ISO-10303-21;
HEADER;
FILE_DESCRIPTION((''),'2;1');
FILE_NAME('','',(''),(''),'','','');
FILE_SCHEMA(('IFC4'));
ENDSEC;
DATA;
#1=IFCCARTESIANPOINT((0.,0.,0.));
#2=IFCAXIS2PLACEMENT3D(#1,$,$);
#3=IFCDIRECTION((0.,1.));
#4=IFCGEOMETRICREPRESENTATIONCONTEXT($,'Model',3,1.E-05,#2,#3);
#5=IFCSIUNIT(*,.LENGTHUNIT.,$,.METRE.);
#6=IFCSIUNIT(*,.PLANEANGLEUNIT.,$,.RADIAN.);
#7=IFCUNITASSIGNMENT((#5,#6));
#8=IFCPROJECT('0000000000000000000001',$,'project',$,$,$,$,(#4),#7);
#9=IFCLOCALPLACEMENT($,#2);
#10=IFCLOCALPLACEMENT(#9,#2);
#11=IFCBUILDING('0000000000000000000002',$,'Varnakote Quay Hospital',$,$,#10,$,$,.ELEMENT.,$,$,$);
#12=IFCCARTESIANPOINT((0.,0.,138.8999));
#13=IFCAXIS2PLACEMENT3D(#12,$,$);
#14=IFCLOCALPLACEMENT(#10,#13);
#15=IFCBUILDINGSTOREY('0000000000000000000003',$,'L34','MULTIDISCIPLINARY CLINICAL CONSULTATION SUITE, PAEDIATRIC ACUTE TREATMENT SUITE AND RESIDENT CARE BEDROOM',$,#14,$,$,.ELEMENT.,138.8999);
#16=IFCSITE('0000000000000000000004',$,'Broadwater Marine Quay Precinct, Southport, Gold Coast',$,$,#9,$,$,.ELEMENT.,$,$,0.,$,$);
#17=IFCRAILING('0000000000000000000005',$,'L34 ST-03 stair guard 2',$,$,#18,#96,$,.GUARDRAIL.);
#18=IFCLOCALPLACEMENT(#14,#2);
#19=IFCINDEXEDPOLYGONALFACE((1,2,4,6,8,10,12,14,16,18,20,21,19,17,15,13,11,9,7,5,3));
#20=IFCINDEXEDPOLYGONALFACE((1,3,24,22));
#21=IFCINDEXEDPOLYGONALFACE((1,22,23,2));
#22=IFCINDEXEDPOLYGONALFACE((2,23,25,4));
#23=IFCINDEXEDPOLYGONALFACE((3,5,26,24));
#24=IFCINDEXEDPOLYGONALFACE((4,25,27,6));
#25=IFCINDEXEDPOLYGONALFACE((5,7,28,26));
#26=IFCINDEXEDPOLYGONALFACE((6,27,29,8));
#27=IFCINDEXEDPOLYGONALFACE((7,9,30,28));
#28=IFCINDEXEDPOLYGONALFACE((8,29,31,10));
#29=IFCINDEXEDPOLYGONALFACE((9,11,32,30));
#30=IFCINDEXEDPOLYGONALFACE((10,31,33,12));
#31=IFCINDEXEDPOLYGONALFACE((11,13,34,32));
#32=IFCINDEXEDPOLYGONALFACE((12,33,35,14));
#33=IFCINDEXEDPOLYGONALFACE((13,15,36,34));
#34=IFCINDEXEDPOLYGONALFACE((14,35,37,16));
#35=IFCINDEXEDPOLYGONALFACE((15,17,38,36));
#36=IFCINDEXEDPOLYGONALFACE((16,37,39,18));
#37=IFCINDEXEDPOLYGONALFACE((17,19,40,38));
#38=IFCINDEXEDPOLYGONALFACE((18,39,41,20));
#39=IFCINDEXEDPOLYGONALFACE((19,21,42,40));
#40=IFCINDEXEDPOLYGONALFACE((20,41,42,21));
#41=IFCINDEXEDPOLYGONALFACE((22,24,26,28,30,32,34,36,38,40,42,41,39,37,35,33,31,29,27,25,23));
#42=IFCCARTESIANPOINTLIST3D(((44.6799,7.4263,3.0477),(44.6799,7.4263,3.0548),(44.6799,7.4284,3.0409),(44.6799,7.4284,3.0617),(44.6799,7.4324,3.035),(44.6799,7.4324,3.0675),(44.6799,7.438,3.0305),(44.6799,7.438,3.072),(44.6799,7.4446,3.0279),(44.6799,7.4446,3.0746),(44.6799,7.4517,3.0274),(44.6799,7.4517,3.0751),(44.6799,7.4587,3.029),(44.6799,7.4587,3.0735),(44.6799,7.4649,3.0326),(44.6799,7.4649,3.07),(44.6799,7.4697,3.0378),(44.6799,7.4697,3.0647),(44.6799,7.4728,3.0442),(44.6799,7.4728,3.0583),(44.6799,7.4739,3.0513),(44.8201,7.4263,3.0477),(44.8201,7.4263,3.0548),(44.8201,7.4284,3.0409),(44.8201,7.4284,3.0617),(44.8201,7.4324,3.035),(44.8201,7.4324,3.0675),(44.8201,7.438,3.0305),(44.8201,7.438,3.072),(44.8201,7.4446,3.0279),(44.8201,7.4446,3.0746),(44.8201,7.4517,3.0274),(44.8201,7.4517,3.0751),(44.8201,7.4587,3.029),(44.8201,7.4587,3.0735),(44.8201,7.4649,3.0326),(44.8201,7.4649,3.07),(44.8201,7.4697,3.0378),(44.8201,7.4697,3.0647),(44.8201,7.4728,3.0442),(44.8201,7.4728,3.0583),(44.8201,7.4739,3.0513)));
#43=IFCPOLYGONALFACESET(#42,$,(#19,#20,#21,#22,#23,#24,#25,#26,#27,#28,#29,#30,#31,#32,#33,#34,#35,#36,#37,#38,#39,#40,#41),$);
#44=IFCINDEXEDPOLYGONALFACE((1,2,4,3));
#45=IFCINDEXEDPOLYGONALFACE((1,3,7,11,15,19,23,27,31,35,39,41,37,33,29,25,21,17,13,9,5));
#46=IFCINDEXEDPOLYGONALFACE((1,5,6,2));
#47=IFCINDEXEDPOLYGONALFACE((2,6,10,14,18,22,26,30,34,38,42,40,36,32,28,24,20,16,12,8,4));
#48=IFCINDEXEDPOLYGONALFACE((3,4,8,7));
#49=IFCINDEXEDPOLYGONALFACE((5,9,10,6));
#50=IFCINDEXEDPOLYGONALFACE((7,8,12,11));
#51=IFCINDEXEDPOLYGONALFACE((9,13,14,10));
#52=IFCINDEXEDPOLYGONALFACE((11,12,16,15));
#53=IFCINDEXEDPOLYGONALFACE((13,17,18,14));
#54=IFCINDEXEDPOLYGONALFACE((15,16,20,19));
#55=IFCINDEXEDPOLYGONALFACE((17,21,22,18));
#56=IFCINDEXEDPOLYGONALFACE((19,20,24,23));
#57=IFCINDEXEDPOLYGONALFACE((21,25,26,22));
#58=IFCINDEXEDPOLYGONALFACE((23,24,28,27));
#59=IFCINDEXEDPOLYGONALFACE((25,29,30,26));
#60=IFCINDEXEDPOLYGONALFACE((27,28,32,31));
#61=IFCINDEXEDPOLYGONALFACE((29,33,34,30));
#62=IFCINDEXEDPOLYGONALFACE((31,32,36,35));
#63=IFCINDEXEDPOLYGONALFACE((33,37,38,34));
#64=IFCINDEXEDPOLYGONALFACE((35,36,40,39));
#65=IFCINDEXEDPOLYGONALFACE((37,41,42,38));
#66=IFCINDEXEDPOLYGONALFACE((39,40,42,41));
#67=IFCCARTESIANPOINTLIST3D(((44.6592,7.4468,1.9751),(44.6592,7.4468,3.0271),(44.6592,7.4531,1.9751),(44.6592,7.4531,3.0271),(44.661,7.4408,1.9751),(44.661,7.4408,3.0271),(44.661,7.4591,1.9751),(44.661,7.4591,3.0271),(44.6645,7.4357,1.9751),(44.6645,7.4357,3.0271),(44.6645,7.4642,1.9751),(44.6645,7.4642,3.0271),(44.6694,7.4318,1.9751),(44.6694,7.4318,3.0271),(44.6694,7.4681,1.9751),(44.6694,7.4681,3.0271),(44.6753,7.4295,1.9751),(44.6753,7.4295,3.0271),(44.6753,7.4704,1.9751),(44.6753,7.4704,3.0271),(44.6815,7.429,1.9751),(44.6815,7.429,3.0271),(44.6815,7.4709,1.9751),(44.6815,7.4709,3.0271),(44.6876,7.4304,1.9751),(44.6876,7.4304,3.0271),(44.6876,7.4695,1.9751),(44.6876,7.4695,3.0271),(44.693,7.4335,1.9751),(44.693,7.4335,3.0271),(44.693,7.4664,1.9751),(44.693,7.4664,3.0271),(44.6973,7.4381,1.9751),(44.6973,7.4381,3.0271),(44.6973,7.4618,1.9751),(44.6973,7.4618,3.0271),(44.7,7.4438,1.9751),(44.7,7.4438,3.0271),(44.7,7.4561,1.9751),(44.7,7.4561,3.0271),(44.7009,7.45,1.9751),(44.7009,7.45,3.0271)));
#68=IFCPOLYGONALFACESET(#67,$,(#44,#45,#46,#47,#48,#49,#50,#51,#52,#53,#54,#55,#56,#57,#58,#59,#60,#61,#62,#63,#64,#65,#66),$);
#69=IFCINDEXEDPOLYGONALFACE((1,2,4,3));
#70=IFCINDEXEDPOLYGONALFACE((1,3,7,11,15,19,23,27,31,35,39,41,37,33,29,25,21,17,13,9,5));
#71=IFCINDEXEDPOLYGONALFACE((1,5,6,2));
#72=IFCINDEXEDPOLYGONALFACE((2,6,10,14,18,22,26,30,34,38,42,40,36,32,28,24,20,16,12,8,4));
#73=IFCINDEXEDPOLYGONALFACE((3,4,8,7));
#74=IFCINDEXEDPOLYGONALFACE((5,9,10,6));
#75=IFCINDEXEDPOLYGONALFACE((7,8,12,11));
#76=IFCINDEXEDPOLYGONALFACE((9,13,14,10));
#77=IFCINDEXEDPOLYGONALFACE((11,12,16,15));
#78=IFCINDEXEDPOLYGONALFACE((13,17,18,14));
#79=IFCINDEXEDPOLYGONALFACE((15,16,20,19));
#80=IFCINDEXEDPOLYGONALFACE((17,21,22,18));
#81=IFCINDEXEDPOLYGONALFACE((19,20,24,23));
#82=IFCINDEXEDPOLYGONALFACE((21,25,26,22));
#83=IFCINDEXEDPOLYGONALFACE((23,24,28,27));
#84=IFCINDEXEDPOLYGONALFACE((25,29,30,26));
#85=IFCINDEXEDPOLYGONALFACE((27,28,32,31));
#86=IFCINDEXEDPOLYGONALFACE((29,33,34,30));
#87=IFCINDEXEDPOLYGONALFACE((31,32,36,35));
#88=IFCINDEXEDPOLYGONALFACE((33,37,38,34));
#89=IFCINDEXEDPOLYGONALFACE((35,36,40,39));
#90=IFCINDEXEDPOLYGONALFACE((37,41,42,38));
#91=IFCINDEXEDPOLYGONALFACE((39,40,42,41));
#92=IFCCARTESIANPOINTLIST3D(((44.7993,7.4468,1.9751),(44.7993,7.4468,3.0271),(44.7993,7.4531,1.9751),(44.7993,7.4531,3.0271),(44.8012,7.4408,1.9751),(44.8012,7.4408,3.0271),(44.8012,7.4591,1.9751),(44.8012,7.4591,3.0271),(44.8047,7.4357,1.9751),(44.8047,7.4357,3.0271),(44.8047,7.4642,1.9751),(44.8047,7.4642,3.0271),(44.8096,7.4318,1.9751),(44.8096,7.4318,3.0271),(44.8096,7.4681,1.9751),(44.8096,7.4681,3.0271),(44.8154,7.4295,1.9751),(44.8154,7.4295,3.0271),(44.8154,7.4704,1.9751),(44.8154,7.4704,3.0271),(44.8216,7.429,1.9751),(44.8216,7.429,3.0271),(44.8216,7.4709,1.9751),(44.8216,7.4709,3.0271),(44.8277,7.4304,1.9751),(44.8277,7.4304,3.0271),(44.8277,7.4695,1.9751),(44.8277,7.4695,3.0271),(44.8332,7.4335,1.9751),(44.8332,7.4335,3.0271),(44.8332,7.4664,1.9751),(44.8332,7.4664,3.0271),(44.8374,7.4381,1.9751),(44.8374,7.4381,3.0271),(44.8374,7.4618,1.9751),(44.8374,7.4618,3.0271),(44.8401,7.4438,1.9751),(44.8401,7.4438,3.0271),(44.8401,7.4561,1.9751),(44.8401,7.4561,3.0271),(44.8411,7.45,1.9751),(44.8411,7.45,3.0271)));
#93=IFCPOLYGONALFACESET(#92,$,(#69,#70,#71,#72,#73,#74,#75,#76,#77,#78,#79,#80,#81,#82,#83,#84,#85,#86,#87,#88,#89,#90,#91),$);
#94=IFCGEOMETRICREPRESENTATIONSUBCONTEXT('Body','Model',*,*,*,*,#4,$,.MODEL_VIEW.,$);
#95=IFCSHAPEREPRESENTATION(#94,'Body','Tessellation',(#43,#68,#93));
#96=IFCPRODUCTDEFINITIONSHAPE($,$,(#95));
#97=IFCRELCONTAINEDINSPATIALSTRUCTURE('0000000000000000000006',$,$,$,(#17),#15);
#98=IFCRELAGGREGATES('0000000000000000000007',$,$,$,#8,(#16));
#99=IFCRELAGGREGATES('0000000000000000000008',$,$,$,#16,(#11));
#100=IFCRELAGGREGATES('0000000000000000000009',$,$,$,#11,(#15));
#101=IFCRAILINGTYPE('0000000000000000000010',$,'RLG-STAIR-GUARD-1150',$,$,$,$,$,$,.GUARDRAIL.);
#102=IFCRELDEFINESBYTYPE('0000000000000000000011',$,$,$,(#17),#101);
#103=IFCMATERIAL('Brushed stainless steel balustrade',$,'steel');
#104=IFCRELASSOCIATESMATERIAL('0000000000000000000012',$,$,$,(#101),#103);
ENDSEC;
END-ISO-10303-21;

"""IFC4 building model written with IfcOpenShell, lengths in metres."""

from ifc_helpers import new_model, si_unit, direction, frame, origin, origin_2d, place, context, subcontext, project, spatial, circle, extrude, material, type_object, element, save


model = new_model("IFC4")

# Units and contexts
model_context = context("Model", 3, precision=1e-05, world=origin(), true_north=direction((0.0, 1.0)))
body_context = subcontext(model_context, "Body", "Model", "MODEL_VIEW")
ifc_project = project(units=[si_unit("LENGTHUNIT", "METRE"), si_unit("PLANEANGLEUNIT", "RADIAN")], contexts=[model_context])

# Site, building, storey
site_placement = place(None, origin())
site = spatial("IfcSite", under=ifc_project, at=site_placement, Name="Broadwater Marine Quay Precinct, Southport, Gold Coast", CompositionType="ELEMENT", RefElevation=0.0)
building_placement = place(site_placement, origin())
building = spatial("IfcBuilding", under=site, at=building_placement, Name="Varnakote Quay Hospital", CompositionType="ELEMENT")
storey_placement = place(building_placement, frame((0.0, 0.0, 138.8999)))
storey = spatial("IfcBuildingStorey", under=building, at=storey_placement, Name="L34", Description="MULTIDISCIPLINARY CLINICAL CONSULTATION SUITE, PAEDIATRIC ACUTE TREATMENT SUITE AND RESIDENT CARE BEDROOM", CompositionType="ELEMENT", Elevation=138.8999)

# Railing
ifc_material_1 = material(Name="Brushed stainless steel balustrade", Category="steel")
railing_type_1 = type_object("IfcRailingType", Name="RLG-STAIR-GUARD-1150", PredefinedType="GUARDRAIL", material=ifc_material_1)
railing_1_placement = place(storey_placement, frame((44.6799, 7.45, 1.9751)))
element("IfcRailing", 1, at=railing_1_placement, inside=storey, type_object=railing_type_1, Name="L34 ST-03 stair guard 2", PredefinedType="GUARDRAIL", context=body_context, shape_type="SweptSolid", body=[
    extrude(circle(Radius=0.0239, at=origin_2d()), frame((0.0, 0.0, 1.0762), z_axis=(1.0, 0.0, 0.0), x_axis=(0.0, 1.0, 0.0)), (0.0, 0.0, 1.0), 0.1401),
    extrude(circle(Radius=0.021, at=origin_2d()), origin(), (0.0, 0.0, 1.0), 1.052),
    extrude(circle(Radius=0.021, at=origin_2d()), frame((0.1401, 0.0, 0.0)), (0.0, 0.0, 1.0), 1.052),
])

save(model, "model.ifc")
